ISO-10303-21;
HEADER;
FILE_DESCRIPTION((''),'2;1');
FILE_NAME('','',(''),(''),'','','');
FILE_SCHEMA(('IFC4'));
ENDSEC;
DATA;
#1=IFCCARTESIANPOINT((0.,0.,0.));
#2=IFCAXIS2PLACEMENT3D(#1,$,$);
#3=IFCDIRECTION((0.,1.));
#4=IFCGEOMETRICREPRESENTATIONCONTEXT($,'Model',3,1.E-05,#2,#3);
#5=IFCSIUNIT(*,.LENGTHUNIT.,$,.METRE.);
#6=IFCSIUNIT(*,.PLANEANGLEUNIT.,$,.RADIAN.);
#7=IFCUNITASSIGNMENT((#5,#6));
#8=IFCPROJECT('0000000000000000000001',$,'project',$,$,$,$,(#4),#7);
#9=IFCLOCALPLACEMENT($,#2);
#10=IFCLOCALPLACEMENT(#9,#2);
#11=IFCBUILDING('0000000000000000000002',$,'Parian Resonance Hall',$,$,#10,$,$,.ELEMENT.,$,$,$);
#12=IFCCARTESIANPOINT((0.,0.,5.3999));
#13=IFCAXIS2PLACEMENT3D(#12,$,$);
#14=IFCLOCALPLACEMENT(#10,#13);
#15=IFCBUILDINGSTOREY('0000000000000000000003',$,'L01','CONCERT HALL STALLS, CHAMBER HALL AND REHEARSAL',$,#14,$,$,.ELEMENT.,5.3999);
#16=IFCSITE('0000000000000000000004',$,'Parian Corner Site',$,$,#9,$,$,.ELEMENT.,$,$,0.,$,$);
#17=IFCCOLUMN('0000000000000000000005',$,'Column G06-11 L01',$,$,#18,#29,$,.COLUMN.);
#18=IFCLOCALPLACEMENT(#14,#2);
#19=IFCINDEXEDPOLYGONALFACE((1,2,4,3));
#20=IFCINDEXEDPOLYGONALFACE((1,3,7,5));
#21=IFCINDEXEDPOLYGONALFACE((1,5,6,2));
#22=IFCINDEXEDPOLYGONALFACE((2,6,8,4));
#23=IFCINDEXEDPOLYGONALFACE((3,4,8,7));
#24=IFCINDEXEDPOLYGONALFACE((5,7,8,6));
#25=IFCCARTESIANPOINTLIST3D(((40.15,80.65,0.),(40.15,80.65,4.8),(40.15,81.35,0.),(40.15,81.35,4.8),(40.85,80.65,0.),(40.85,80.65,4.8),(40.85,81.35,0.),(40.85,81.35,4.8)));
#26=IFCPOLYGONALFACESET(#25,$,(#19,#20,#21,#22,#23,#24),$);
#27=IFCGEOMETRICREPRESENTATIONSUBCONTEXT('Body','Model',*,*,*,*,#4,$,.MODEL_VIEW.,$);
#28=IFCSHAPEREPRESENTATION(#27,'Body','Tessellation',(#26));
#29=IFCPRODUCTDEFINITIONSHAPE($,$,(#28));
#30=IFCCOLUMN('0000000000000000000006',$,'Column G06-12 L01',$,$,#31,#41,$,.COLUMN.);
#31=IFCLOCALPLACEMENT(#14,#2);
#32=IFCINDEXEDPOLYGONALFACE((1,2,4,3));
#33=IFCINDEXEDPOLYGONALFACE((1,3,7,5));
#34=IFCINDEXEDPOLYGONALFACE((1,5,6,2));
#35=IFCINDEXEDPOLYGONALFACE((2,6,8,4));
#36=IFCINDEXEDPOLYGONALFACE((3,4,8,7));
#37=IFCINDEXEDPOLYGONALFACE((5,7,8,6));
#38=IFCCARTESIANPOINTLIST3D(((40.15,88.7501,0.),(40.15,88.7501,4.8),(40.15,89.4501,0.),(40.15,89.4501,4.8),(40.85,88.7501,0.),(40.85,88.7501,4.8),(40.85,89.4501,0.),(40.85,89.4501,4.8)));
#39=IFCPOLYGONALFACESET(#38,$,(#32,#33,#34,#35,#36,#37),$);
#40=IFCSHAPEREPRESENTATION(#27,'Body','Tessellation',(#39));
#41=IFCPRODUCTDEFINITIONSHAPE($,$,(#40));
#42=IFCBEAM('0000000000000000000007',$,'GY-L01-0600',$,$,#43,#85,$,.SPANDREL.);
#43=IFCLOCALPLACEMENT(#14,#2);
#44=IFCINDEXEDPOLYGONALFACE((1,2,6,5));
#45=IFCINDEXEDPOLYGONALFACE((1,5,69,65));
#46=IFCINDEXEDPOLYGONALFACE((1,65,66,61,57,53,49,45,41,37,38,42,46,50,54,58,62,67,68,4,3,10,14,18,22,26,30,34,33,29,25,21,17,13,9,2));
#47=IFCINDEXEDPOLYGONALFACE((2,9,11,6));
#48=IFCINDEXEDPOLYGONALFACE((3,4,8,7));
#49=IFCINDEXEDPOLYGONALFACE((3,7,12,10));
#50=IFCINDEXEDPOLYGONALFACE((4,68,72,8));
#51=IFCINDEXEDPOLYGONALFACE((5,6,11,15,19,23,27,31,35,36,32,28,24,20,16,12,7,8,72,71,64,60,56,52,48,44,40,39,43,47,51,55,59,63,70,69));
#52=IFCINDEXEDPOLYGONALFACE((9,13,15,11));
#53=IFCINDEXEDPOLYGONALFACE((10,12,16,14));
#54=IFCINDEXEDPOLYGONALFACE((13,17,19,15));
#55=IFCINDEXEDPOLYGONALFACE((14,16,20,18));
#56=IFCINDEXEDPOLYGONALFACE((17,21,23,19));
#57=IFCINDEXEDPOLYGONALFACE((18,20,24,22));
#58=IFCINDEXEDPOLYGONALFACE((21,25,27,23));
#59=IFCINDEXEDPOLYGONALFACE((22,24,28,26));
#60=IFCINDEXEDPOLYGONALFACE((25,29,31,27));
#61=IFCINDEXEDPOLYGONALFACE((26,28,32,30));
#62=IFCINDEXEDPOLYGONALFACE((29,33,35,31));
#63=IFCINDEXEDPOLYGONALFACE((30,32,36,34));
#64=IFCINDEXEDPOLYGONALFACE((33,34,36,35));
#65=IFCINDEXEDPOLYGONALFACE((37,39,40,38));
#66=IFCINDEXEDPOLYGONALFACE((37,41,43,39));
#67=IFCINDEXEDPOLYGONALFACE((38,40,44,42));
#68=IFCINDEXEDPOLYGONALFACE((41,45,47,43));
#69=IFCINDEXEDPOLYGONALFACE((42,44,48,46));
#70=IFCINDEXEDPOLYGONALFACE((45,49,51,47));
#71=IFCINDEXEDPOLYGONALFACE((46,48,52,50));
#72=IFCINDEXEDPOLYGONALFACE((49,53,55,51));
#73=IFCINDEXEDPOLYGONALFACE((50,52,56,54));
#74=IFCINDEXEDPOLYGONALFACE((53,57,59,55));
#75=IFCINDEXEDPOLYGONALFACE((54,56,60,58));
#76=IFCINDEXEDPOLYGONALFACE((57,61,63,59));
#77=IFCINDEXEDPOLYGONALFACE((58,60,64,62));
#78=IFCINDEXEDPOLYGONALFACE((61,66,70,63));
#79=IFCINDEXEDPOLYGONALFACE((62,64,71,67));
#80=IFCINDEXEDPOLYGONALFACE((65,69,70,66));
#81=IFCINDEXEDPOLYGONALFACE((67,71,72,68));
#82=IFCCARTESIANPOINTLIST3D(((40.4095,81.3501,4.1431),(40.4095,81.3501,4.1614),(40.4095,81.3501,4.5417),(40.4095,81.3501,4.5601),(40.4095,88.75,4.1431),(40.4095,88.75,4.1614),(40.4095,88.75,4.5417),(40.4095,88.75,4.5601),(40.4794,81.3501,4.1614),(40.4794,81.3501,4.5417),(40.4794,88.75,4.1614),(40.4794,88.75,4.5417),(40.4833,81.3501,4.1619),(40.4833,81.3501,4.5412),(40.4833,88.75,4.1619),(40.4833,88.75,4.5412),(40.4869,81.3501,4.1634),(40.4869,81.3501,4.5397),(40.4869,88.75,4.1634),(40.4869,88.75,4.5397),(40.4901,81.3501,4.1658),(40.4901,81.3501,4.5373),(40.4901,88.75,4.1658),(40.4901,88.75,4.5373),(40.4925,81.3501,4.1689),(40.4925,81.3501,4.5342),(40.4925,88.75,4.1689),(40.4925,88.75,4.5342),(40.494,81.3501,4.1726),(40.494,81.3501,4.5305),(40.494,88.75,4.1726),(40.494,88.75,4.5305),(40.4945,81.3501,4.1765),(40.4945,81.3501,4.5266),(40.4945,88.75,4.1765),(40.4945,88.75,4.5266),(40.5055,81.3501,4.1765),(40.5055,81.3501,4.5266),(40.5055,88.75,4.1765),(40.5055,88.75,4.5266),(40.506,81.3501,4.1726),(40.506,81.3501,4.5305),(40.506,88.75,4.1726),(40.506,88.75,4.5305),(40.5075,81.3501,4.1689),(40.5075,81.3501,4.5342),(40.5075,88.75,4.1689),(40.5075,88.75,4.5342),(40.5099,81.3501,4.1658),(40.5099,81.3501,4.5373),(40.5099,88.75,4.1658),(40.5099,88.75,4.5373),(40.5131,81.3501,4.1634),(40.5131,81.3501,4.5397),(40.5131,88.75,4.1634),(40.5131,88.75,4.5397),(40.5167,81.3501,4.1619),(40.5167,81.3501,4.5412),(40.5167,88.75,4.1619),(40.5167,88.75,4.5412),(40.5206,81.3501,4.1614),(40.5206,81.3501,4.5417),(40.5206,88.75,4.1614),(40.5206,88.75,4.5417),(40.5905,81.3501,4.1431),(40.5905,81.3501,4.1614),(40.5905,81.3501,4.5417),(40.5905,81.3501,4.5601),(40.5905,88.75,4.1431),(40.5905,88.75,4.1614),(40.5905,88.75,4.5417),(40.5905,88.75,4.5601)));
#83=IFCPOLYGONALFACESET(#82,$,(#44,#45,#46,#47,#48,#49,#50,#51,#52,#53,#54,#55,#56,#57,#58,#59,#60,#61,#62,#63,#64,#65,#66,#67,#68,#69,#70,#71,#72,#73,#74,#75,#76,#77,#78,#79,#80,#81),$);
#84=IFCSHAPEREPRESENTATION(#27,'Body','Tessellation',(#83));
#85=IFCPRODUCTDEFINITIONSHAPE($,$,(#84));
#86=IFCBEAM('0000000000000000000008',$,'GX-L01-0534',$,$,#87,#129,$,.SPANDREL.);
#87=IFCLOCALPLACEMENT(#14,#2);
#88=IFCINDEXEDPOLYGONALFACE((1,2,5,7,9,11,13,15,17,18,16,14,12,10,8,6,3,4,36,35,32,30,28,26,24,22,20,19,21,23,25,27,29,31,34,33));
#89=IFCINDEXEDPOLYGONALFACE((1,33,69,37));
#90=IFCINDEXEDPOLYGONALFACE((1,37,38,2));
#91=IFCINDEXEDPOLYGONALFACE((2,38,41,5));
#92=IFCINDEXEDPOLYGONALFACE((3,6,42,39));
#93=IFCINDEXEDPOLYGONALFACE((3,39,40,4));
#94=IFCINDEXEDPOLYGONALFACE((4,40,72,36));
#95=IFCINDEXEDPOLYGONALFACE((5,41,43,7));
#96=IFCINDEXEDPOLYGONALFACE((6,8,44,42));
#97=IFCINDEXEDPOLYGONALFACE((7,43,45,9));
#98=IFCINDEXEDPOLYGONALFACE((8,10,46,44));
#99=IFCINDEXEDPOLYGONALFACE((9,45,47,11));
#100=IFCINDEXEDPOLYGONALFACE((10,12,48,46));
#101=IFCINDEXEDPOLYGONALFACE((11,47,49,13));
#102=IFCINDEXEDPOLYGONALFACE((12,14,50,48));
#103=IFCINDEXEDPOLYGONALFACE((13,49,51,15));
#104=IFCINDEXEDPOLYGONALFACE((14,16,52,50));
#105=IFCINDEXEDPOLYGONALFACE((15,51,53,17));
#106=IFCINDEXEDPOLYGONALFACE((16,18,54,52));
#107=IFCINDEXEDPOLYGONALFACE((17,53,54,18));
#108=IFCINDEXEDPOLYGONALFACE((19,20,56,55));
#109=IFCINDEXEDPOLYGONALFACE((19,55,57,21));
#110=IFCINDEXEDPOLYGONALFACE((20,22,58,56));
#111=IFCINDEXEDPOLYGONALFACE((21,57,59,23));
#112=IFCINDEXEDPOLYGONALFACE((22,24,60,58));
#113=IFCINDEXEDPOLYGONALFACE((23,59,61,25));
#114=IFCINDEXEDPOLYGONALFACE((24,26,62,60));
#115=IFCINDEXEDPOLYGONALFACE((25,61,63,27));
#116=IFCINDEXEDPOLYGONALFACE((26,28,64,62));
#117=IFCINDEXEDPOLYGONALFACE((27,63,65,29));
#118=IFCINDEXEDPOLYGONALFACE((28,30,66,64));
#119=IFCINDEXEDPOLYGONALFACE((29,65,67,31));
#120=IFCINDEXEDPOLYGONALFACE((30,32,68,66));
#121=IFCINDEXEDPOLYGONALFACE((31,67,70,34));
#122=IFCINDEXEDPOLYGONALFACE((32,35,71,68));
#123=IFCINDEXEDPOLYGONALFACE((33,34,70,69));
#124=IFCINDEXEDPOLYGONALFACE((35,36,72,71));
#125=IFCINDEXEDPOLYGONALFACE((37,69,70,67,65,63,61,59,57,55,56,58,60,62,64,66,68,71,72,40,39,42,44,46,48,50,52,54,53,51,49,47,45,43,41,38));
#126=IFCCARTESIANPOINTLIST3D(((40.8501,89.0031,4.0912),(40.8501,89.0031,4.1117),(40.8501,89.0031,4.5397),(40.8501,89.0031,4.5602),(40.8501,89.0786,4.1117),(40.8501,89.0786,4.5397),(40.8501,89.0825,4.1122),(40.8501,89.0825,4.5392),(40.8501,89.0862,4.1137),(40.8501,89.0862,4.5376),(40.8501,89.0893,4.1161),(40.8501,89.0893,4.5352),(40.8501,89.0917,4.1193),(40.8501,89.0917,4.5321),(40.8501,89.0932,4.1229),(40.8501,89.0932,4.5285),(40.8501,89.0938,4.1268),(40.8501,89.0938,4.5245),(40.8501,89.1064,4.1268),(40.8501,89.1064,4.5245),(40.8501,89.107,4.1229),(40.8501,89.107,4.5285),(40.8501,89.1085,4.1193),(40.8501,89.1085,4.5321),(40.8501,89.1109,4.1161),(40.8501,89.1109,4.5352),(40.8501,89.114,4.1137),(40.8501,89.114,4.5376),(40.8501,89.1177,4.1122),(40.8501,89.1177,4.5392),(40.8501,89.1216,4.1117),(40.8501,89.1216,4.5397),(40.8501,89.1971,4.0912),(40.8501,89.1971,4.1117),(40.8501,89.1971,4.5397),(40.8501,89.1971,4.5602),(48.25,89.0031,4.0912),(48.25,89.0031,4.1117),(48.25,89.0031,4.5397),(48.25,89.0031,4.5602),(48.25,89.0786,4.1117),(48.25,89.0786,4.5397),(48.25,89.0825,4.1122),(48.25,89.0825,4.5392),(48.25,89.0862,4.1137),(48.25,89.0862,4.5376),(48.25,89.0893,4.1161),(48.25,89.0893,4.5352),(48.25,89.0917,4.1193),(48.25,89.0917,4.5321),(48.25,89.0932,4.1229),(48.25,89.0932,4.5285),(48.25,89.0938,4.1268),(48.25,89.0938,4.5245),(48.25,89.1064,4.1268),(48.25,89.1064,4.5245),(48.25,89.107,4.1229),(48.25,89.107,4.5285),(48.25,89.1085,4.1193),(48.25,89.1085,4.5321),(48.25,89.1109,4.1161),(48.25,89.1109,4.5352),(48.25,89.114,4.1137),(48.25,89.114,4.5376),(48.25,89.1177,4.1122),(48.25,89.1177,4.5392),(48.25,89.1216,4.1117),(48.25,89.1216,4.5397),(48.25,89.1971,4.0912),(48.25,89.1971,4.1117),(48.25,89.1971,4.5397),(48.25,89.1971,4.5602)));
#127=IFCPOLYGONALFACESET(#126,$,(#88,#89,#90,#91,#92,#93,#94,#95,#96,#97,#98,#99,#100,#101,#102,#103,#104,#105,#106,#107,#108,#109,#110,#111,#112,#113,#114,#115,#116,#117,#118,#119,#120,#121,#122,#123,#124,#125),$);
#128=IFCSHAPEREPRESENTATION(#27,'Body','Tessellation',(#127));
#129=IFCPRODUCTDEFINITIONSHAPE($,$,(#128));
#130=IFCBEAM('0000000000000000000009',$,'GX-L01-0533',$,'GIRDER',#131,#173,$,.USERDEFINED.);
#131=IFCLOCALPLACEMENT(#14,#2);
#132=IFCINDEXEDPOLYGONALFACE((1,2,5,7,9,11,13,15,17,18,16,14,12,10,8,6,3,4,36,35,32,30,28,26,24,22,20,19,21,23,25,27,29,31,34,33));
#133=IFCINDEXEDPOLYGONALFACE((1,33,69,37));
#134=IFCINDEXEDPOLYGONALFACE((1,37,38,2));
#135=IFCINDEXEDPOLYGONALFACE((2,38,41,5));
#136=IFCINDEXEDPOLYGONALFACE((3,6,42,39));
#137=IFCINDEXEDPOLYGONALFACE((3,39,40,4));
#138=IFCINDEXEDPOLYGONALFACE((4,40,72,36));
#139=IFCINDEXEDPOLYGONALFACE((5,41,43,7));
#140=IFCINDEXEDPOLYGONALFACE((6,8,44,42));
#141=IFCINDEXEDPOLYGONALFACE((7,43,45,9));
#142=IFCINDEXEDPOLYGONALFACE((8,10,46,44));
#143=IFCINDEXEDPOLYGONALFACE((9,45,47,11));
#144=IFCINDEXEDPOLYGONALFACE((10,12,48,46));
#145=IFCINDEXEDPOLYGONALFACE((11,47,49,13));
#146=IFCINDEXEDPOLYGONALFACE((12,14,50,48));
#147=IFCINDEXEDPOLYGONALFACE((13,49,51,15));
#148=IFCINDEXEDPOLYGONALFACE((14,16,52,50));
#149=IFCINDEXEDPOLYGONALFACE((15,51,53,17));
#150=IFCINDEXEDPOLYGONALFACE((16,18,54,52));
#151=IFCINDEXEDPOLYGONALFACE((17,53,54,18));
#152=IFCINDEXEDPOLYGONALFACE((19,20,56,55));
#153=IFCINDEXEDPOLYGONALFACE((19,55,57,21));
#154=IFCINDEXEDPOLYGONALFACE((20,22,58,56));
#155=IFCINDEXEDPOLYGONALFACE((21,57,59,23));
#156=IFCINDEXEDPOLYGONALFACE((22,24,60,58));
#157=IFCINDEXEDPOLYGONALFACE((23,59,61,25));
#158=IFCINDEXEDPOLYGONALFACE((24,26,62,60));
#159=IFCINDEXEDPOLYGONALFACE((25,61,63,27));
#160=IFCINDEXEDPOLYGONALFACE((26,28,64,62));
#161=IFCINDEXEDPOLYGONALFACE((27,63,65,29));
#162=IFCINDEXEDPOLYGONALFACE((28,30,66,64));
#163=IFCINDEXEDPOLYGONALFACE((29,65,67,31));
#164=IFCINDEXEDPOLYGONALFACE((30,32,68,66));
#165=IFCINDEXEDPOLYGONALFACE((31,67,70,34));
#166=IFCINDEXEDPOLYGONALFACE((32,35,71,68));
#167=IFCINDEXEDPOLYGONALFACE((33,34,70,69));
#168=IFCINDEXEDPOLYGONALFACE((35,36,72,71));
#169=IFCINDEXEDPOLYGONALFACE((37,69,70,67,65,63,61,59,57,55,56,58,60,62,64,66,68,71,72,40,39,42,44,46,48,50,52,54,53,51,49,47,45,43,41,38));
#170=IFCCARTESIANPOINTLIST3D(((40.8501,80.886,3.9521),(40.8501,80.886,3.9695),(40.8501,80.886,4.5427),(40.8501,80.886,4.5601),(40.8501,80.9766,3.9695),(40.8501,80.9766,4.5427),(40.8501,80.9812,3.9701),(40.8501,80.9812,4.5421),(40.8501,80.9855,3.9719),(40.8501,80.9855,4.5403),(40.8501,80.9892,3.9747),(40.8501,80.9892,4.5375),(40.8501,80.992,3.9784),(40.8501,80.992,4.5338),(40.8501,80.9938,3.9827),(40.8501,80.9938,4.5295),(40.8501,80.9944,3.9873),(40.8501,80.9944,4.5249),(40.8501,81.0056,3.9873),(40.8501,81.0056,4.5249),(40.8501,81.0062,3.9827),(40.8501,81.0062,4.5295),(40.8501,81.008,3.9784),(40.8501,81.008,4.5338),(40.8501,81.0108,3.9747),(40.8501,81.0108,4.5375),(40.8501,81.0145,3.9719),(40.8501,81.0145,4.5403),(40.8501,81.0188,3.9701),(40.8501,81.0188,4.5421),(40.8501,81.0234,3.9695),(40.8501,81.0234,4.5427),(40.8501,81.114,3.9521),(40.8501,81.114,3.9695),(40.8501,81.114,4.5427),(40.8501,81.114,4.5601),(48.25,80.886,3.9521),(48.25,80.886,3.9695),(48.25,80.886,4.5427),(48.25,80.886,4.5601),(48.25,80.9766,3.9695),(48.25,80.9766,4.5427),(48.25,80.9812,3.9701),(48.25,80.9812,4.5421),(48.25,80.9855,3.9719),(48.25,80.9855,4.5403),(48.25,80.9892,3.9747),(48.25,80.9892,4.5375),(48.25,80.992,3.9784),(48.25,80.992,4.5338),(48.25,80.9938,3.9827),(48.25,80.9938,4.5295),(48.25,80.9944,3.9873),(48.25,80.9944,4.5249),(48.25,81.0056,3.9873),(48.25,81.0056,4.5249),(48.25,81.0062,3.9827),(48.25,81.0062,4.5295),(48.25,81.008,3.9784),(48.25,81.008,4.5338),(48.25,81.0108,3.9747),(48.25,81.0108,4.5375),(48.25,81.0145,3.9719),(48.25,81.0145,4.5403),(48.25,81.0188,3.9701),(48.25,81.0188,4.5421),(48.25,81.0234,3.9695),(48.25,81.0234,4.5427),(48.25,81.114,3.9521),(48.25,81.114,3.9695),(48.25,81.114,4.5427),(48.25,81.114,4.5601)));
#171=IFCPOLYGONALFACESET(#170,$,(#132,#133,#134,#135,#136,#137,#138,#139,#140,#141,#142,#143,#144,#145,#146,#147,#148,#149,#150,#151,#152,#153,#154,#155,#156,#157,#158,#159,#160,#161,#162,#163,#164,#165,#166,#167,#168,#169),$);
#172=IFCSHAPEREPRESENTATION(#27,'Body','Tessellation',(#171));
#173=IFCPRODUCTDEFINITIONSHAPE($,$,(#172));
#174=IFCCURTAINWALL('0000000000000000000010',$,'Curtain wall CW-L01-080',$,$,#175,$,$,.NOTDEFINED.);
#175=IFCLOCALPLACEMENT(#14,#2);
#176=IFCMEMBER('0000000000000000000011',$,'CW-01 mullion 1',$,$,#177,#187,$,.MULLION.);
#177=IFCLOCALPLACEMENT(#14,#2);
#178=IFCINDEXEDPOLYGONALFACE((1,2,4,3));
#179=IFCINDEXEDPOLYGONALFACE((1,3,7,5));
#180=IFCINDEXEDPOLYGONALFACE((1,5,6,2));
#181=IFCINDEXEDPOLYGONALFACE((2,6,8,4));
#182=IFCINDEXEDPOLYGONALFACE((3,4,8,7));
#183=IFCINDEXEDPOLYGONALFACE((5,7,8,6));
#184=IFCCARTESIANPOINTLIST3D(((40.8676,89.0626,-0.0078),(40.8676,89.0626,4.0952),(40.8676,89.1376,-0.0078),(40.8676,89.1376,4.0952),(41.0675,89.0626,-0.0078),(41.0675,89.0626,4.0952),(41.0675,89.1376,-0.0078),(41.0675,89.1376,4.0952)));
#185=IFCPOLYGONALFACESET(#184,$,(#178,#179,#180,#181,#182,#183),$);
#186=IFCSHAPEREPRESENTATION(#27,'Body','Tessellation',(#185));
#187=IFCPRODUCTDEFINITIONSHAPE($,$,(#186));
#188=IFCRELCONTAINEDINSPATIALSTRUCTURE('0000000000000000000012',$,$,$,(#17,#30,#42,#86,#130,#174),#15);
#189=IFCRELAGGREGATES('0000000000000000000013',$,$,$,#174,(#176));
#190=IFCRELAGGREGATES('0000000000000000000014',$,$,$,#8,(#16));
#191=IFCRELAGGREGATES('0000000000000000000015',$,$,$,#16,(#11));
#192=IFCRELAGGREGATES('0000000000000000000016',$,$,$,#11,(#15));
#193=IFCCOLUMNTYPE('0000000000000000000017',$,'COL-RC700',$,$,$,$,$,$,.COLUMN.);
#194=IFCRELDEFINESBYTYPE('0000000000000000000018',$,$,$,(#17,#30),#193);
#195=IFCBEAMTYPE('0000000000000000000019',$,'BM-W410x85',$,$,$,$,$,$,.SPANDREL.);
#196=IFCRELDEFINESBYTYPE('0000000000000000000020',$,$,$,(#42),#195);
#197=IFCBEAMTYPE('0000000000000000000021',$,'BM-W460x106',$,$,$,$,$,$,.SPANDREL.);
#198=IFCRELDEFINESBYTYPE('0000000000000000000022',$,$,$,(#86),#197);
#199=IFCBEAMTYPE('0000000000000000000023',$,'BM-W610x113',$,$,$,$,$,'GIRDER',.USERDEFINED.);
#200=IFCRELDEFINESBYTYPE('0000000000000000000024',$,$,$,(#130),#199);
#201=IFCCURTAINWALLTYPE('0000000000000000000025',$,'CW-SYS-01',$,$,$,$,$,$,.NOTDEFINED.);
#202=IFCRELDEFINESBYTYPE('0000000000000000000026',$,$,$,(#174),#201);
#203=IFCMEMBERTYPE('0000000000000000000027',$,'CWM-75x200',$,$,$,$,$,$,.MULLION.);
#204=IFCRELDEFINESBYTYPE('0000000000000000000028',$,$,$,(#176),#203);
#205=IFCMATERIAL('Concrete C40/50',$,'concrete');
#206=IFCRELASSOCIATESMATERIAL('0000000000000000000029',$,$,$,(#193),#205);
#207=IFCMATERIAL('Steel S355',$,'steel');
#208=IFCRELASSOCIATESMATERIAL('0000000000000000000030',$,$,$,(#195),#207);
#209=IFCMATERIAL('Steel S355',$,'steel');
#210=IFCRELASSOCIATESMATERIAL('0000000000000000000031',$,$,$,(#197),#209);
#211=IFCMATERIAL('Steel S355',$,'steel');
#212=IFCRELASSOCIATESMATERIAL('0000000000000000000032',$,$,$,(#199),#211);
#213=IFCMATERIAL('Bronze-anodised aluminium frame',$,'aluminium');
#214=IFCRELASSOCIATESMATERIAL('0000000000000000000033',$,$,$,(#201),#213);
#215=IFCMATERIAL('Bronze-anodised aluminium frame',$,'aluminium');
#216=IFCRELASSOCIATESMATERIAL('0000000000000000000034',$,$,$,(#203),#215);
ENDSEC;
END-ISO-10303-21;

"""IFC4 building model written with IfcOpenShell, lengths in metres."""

from ifc_helpers import new_model, si_unit, direction, frame, origin, origin_2d, place, context, subcontext, project, spatial, rectangle, i_section, extrude, material, material_profile, profile_set, type_object, element, aggregate, save


model = new_model("IFC4")

# Units and contexts
model_context = context("Model", 3, precision=1e-05, world=origin(), true_north=direction((0.0, 1.0)))
body_context = subcontext(model_context, "Body", "Model", "MODEL_VIEW")
ifc_project = project(units=[si_unit("LENGTHUNIT", "METRE"), si_unit("PLANEANGLEUNIT", "RADIAN")], contexts=[model_context])

# Site, building, storey
site_placement = place(None, origin())
site = spatial("IfcSite", under=ifc_project, at=site_placement, Name="Parian Corner Site", CompositionType="ELEMENT", RefElevation=0.0)
building_placement = place(site_placement, origin())
building = spatial("IfcBuilding", under=site, at=building_placement, Name="Parian Resonance Hall", CompositionType="ELEMENT")
storey_placement = place(building_placement, frame((0.0, 0.0, 5.3999)))
storey = spatial("IfcBuildingStorey", under=building, at=storey_placement, Name="L01", Description="CONCERT HALL STALLS, CHAMBER HALL AND REHEARSAL", CompositionType="ELEMENT", Elevation=5.3999)

# Columns
ifc_material_1 = material(Name="Concrete C40/50", Category="concrete")
ifc_material_profile_1 = material_profile(ifc_material_1, rectangle(XDim=0.7, YDim=0.7, at=origin_2d()), Name="RC-COL-700x700")
ifc_profile_set_1 = profile_set([ifc_material_profile_1], Name="Concrete C40/50")
column_type = type_object("IfcColumnType", Name="COL-RC700", PredefinedType="COLUMN", material=ifc_profile_set_1)
for number, where, z_axis, x_axis, name in (
    (1, (40.5, 81.0, 0.0), (0.0, 0.0, 1.0), (1.0, 0.0, 0.0), "Column G06-11 L01"),
    (2, (40.5, 89.1001, 0.0), (0.0, 0.0, 1.0), (1.0, 0.0, 0.0), "Column G06-12 L01"),
):
    element("IfcColumn", number, at=place(storey_placement, frame(where, z_axis=z_axis, x_axis=x_axis)), inside=storey, type_object=column_type, Name=name, PredefinedType="COLUMN", context=body_context, shape_type="SweptSolid", body=[
        extrude(rectangle(XDim=0.7, YDim=0.7, at=origin_2d()), origin(), (0.0, 0.0, 1.0), 4.8),
    ])

# Beams
ifc_material_2 = material(Name="Steel S355", Category="steel")
ifc_material_profile_2 = material_profile(ifc_material_2, i_section(OverallWidth=0.1809, OverallDepth=0.417, WebThickness=0.011, FlangeThickness=0.0183, FilletRadius=0.0151, at=origin_2d()), Name="W410x85")
ifc_profile_set_2 = profile_set([ifc_material_profile_2], Name="Steel S355")
beam_type_1 = type_object("IfcBeamType", Name="BM-W410x85", PredefinedType="SPANDREL", material=ifc_profile_set_2)
beam_1_placement = place(storey_placement, frame((40.5, 81.3501, 4.3516), z_axis=(0.0, 1.0, 0.0), x_axis=(-1.0, 0.0, 0.0)))
element("IfcBeam", 3, at=beam_1_placement, inside=storey, type_object=beam_type_1, Name="GY-L01-0600", PredefinedType="SPANDREL", context=body_context, shape_type="SweptSolid", body=[
    extrude(i_section(OverallWidth=0.1809, OverallDepth=0.417, WebThickness=0.011, FlangeThickness=0.0183, FilletRadius=0.0151, at=origin_2d()), origin(), (0.0, 0.0, 1.0), 7.3999),
])
ifc_material_3 = material(Name="Steel S355", Category="steel")
ifc_material_profile_3 = material_profile(ifc_material_3, i_section(OverallWidth=0.1941, OverallDepth=0.469, WebThickness=0.0127, FlangeThickness=0.0205, FilletRadius=0.0151, at=origin_2d()), Name="W460x106")
ifc_profile_set_3 = profile_set([ifc_material_profile_3], Name="Steel S355")
beam_type_2 = type_object("IfcBeamType", Name="BM-W460x106", PredefinedType="SPANDREL", material=ifc_profile_set_3)
beam_2_placement = place(storey_placement, frame((40.8501, 89.1001, 4.3257), z_axis=(1.0, 0.0, 0.0), x_axis=(0.0, 1.0, 0.0)))
element("IfcBeam", 4, at=beam_2_placement, inside=storey, type_object=beam_type_2, Name="GX-L01-0534", PredefinedType="SPANDREL", context=body_context, shape_type="SweptSolid", body=[
    extrude(i_section(OverallWidth=0.1941, OverallDepth=0.469, WebThickness=0.0127, FlangeThickness=0.0205, FilletRadius=0.0151, at=origin_2d()), origin(), (0.0, 0.0, 1.0), 7.3999),
])
ifc_material_4 = material(Name="Steel S355", Category="steel")
ifc_material_profile_4 = material_profile(ifc_material_4, i_section(OverallWidth=0.228, OverallDepth=0.6079, WebThickness=0.0112, FlangeThickness=0.0173, FilletRadius=0.0178, at=origin_2d()), Name="W610x113")
ifc_profile_set_4 = profile_set([ifc_material_profile_4], Name="Steel S355")
beam_type_3 = type_object("IfcBeamType", Name="BM-W610x113", ElementType="GIRDER", PredefinedType="USERDEFINED", material=ifc_profile_set_4)
beam_3_placement = place(storey_placement, frame((40.8501, 81.0, 4.2561), z_axis=(1.0, 0.0, 0.0), x_axis=(0.0, 1.0, 0.0)))
element("IfcBeam", 5, at=beam_3_placement, inside=storey, type_object=beam_type_3, Name="GX-L01-0533", ObjectType="GIRDER", PredefinedType="USERDEFINED", context=body_context, shape_type="SweptSolid", body=[
    extrude(i_section(OverallWidth=0.228, OverallDepth=0.6079, WebThickness=0.0112, FlangeThickness=0.0173, FilletRadius=0.0178, at=origin_2d()), origin(), (0.0, 0.0, 1.0), 7.3999),
])

# Curtain wall, member
ifc_material_5 = material(Name="Bronze-anodised aluminium frame", Category="aluminium")
curtain_wall_type = type_object("IfcCurtainWallType", Name="CW-SYS-01", PredefinedType="NOTDEFINED", material=ifc_material_5)
curtain_wall_placement = place(storey_placement, origin())
curtain_wall = element("IfcCurtainWall", 6, at=curtain_wall_placement, inside=storey, type_object=curtain_wall_type, Name="Curtain wall CW-L01-080", PredefinedType="NOTDEFINED")
ifc_material_6 = material(Name="Bronze-anodised aluminium frame", Category="aluminium")
ifc_material_profile_5 = material_profile(ifc_material_6, rectangle(XDim=0.075, YDim=0.2, at=origin_2d()), Name="CWM-75x200")
ifc_profile_set_5 = profile_set([ifc_material_profile_5], Name="Bronze-anodised aluminium frame")
member_type_1 = type_object("IfcMemberType", Name="CWM-75x200", PredefinedType="MULLION", material=ifc_profile_set_5)
member_1_placement = place(storey_placement, frame((40.9675, 89.1001, -0.0078), z_axis=(0.0, 0.0, 1.0), x_axis=(0.0, 1.0, 0.0)))
member_1 = element("IfcMember", 7, at=member_1_placement, type_object=member_type_1, Name="CW-01 mullion 1", PredefinedType="MULLION", context=body_context, shape_type="SweptSolid", body=[
    extrude(rectangle(XDim=0.075, YDim=0.2, at=origin_2d()), origin(), (0.0, 0.0, 1.0), 4.103),
])
aggregate(curtain_wall, [member_1])

save(model, "model.ifc")
